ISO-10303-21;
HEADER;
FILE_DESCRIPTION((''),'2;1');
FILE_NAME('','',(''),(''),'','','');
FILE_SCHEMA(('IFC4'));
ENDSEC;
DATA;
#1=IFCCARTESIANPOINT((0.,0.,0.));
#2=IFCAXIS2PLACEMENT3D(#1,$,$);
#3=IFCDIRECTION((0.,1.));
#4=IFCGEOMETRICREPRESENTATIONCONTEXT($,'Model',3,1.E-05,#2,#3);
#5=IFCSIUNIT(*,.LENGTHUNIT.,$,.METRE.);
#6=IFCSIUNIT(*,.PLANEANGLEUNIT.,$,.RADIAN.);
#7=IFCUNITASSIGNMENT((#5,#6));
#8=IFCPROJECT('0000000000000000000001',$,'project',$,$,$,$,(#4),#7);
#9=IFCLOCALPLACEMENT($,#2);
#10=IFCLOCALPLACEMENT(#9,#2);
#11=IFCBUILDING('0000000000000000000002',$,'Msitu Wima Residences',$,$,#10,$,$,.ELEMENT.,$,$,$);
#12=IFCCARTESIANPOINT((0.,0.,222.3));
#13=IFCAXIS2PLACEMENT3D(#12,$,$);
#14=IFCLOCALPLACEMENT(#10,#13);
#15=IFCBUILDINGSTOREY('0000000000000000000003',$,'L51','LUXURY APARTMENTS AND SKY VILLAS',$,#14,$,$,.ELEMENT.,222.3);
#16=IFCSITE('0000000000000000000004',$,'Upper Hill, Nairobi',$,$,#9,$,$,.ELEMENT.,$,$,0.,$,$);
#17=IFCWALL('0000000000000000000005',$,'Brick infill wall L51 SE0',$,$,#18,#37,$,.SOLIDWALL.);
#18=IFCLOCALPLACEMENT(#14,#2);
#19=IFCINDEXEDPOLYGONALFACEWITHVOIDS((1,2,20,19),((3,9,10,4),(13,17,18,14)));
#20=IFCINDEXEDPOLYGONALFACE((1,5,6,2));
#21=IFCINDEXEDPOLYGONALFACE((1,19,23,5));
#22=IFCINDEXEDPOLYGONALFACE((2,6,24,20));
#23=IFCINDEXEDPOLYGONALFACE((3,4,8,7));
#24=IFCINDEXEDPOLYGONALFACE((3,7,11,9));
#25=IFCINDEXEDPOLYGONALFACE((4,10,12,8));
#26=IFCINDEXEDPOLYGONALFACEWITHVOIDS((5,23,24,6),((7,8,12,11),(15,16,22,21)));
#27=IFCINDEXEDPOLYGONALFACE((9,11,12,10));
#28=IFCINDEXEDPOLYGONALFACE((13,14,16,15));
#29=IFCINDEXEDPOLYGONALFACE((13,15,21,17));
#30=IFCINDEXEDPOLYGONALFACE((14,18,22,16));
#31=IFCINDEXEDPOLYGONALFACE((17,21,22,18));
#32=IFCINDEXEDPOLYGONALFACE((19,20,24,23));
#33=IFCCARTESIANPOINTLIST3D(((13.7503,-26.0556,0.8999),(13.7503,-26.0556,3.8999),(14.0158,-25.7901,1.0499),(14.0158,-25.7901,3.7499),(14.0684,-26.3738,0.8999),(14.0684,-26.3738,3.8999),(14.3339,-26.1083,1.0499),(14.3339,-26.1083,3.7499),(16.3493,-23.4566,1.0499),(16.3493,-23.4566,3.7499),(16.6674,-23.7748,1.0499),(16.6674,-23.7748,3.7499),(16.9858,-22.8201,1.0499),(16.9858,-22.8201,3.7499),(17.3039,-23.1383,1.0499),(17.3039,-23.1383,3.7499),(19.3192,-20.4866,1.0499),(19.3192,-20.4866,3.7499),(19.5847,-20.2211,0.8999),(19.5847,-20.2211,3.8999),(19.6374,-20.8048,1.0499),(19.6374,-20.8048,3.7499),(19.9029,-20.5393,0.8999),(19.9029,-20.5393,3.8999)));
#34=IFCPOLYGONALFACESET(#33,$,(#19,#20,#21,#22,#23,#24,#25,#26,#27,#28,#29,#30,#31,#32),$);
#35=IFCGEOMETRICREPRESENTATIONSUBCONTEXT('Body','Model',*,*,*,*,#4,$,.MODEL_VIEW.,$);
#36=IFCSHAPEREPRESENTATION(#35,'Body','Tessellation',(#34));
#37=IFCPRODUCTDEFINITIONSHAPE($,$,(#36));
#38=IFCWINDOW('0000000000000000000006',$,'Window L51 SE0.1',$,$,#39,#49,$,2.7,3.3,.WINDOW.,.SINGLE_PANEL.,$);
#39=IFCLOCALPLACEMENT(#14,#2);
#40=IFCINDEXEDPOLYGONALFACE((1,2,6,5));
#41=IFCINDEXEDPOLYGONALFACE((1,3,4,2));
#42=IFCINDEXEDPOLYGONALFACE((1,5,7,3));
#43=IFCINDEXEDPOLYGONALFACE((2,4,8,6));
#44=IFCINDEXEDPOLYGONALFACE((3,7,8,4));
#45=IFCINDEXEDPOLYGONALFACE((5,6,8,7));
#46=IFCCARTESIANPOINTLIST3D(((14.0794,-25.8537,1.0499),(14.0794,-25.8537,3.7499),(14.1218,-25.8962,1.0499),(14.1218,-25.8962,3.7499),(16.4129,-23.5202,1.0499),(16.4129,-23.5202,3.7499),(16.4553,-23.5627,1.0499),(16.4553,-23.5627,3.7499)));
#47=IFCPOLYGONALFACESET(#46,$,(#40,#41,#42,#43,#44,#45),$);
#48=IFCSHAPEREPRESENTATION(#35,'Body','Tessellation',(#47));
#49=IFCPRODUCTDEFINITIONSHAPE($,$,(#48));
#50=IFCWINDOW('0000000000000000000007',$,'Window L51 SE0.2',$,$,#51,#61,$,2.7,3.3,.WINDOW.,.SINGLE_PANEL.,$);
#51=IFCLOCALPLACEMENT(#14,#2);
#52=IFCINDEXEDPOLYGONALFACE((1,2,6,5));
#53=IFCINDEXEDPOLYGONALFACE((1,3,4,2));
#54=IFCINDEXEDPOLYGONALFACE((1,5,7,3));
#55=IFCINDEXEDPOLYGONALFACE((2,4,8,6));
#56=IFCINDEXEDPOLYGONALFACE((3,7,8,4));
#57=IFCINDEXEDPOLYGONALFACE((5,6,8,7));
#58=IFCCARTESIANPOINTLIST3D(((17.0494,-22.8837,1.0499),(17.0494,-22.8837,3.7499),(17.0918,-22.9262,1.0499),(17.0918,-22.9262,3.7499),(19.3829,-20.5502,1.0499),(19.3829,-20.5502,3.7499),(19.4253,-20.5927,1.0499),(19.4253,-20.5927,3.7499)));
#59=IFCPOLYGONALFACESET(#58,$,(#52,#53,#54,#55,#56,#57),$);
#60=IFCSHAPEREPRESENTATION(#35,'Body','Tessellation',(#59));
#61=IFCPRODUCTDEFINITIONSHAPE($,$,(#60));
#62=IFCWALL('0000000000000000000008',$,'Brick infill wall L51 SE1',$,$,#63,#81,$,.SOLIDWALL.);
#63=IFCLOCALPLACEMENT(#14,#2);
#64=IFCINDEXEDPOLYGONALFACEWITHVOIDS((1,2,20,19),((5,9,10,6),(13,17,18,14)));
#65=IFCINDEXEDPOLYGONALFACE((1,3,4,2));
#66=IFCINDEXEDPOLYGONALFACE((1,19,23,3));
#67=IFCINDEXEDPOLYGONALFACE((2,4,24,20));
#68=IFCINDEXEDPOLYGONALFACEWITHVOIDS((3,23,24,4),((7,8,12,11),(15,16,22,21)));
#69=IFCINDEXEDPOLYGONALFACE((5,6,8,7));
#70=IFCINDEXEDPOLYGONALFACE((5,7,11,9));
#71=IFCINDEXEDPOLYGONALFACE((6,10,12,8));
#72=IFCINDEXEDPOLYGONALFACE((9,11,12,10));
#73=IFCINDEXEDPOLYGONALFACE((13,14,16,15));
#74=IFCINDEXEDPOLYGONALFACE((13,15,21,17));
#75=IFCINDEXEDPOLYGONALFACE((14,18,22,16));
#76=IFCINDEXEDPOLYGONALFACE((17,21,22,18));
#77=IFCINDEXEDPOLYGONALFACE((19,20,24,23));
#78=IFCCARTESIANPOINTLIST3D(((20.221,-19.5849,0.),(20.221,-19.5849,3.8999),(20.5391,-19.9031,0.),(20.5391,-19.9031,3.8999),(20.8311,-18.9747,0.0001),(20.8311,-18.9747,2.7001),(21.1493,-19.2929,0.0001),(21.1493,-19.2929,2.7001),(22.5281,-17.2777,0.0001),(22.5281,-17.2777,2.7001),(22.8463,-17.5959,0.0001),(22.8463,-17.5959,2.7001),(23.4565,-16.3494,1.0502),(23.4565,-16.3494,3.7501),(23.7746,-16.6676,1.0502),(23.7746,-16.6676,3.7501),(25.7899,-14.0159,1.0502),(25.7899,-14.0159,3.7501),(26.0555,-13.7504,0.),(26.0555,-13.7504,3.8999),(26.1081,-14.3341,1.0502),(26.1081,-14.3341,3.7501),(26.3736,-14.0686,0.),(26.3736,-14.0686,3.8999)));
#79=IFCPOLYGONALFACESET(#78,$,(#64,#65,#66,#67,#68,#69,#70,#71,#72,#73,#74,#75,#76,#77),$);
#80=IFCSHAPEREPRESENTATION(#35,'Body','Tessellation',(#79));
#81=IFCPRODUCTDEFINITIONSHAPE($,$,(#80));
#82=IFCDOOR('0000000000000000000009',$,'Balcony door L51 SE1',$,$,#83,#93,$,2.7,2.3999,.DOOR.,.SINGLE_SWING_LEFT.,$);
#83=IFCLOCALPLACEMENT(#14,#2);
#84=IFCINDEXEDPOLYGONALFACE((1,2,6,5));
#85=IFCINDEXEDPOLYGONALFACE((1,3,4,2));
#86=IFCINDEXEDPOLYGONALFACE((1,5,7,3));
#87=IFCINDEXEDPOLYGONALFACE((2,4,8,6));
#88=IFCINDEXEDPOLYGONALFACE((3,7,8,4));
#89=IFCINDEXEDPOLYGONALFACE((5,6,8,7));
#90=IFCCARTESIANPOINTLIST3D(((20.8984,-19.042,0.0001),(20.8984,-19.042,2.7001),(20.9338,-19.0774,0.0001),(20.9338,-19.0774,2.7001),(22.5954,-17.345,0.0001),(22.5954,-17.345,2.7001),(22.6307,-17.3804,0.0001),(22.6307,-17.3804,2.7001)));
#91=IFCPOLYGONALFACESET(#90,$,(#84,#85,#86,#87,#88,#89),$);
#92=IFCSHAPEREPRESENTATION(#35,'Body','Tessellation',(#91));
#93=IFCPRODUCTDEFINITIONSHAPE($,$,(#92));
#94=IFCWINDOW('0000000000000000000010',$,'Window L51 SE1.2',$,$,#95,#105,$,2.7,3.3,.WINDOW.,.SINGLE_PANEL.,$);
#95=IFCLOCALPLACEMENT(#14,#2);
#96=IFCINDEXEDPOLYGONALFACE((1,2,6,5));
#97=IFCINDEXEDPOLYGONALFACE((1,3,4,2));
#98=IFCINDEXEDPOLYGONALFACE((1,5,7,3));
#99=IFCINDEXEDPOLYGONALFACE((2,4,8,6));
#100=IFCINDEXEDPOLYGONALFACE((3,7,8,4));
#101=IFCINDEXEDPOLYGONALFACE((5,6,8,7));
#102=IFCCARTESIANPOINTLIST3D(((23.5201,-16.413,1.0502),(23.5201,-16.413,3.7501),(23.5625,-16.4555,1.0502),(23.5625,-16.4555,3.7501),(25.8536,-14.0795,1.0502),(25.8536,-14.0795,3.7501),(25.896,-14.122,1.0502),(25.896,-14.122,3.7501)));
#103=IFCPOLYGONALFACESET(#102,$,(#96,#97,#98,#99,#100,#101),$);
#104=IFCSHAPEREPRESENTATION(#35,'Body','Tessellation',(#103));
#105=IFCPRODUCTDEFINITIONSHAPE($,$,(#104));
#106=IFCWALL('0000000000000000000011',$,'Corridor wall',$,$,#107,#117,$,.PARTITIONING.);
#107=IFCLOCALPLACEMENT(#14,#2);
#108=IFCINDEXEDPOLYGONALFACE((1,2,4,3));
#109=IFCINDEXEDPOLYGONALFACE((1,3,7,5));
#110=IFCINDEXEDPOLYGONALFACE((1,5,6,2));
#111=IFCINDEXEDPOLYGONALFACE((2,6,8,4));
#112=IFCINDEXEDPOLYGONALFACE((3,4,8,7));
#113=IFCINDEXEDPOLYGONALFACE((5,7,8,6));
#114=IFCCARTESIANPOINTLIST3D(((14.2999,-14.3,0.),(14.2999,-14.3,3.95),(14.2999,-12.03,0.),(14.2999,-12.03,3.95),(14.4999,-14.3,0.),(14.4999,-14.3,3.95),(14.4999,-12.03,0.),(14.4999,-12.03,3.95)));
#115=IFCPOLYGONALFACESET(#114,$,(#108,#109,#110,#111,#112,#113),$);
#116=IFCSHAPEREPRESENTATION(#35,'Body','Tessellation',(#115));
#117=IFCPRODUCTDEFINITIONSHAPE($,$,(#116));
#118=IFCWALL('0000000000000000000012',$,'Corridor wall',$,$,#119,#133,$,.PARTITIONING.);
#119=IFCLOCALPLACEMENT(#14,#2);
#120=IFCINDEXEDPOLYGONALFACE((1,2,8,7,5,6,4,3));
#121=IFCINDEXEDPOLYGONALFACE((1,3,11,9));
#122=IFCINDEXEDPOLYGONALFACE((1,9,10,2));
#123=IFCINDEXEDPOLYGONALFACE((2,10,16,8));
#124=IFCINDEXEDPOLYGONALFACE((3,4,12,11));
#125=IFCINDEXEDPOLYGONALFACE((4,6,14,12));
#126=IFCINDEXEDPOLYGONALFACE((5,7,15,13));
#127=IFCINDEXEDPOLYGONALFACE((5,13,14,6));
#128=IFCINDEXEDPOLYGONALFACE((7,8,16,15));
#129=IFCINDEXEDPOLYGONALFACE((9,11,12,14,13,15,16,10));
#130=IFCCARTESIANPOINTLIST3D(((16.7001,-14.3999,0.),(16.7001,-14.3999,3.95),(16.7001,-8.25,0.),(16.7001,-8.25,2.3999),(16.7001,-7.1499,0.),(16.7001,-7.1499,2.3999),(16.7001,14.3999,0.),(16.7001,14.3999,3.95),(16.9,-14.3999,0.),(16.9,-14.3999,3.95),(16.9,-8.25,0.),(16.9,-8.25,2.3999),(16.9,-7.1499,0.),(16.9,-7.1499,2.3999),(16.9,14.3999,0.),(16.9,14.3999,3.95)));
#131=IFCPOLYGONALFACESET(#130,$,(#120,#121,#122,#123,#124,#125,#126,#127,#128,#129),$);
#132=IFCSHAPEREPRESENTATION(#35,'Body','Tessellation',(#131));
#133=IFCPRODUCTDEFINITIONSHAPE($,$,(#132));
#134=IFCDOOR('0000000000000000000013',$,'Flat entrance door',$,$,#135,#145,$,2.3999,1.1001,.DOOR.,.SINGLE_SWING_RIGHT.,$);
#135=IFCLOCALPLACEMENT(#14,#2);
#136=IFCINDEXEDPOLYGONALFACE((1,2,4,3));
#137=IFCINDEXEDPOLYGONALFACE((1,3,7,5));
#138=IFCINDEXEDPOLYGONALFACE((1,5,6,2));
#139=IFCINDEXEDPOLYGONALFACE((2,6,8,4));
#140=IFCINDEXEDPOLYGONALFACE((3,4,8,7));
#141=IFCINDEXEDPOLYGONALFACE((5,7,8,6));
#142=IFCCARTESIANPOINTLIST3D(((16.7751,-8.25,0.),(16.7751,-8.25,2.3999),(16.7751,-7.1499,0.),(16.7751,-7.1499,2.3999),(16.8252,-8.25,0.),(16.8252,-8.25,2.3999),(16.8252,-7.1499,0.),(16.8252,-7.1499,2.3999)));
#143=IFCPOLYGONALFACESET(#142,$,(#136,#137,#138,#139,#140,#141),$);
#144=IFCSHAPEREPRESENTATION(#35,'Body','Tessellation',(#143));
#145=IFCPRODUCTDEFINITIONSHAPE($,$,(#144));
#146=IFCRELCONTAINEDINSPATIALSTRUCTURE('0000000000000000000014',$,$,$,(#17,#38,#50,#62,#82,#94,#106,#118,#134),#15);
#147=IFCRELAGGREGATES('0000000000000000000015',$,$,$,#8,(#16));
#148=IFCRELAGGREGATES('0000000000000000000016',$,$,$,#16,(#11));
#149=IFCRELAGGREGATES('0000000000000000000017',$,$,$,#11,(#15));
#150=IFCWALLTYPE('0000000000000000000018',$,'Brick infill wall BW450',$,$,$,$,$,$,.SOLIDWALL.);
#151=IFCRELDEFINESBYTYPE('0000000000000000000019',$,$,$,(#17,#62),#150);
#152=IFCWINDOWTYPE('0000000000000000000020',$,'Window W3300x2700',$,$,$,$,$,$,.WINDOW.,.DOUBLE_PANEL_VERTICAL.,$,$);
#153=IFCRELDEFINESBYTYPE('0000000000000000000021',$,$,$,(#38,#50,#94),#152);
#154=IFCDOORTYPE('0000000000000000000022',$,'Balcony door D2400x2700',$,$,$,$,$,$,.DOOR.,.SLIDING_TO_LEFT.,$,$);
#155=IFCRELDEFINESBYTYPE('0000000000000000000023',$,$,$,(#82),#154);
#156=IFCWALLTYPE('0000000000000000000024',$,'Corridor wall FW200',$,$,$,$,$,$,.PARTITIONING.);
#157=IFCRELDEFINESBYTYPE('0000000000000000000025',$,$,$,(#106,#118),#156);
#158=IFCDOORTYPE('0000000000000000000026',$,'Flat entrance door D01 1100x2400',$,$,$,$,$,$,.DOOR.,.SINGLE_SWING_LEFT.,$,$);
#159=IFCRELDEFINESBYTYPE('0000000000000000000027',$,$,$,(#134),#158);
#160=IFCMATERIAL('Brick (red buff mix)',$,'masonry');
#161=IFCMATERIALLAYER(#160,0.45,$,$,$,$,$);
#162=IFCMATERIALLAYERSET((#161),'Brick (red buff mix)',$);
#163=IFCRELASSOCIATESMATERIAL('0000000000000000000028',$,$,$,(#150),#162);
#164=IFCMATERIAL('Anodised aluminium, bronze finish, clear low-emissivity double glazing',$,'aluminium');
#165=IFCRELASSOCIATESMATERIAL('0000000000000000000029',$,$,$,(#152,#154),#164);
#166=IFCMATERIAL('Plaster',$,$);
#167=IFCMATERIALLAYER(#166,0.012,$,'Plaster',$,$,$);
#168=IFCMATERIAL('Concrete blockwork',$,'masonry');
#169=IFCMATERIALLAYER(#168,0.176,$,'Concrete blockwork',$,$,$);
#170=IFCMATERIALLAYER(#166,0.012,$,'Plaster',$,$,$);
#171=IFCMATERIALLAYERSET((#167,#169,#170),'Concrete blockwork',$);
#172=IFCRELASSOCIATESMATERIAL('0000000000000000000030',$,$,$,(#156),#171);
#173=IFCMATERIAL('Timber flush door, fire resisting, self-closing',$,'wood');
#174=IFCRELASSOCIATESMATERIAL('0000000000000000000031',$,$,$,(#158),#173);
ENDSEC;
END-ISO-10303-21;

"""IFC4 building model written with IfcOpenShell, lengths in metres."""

from ifc_helpers import new_model, si_unit, direction, frame, frame_2d, origin, place, context, subcontext, project, spatial, rectangle, extrude, material, layer, layer_set, type_object, element, fill, save


model = new_model("IFC4")

# Units and contexts
model_context = context("Model", 3, precision=1e-05, world=origin(), true_north=direction((0.0, 1.0)))
body_context = subcontext(model_context, "Body", "Model", "MODEL_VIEW")
ifc_project = project(units=[si_unit("LENGTHUNIT", "METRE"), si_unit("PLANEANGLEUNIT", "RADIAN")], contexts=[model_context])

# Site, building, storey
site_placement = place(None, origin())
site = spatial("IfcSite", under=ifc_project, at=site_placement, Name="Upper Hill, Nairobi", CompositionType="ELEMENT", RefElevation=0.0)
building_placement = place(site_placement, origin())
building = spatial("IfcBuilding", under=site, at=building_placement, Name="Msitu Wima Residences", CompositionType="ELEMENT")
storey_placement = place(building_placement, frame((0.0, 0.0, 222.3)))
storey = spatial("IfcBuildingStorey", under=building, at=storey_placement, Name="L51", Description="LUXURY APARTMENTS AND SKY VILLAS", CompositionType="ELEMENT", Elevation=222.3)

# Wall, openings, windows
ifc_material_1 = material(Name="Brick (red buff mix)", Category="masonry")
ifc_layer_1 = layer(ifc_material_1, 0.45)
ifc_layer_set_1 = layer_set([ifc_layer_1], Name="Brick (red buff mix)")
wall_type_1 = type_object("IfcWallType", Name="Brick infill wall BW450", PredefinedType="SOLIDWALL", material=ifc_layer_set_1)
wall_1_placement = place(storey_placement, frame((13.9094, -26.2146, 0.8999), z_axis=(0.0, 0.0, 1.0), x_axis=(0.707107, 0.707107, 0.0)))
wall_1 = element("IfcWall", 1, at=wall_1_placement, inside=storey, type_object=wall_type_1, Name="Brick infill wall L51 SE0", PredefinedType="SOLIDWALL", context=body_context, shape_type="SweptSolid", body=[
    extrude(rectangle(XDim=8.2512, YDim=0.45, at=frame_2d((4.1255, 0.0))), origin(), (0.0, 0.0, 1.0), 3.0),
])
opening_1_placement = place(wall_1_placement, frame((0.3755, 0.0, 0.1499)))
opening_1 = element("IfcOpeningElement", 2, at=opening_1_placement, cuts=wall_1, PredefinedType="OPENING", context=body_context, shape_type="SweptSolid", body=[
    extrude(rectangle(XDim=3.3, YDim=2.7, at=frame_2d((1.6499, 1.3501))), frame((0.0, 0.2349, 0.0), z_axis=(0.0, -1.0, 0.0), x_axis=(1.0, 0.0, 0.0)), (0.0, 0.0, 1.0), 0.47),
])
opening_2_placement = place(wall_1_placement, frame((4.5757, 0.0, 0.1499)))
opening_2 = element("IfcOpeningElement", 3, at=opening_2_placement, cuts=wall_1, PredefinedType="OPENING", context=body_context, shape_type="SweptSolid", body=[
    extrude(rectangle(XDim=3.3, YDim=2.7, at=frame_2d((1.6499, 1.3501))), frame((0.0, 0.2349, 0.0), z_axis=(0.0, -1.0, 0.0), x_axis=(1.0, 0.0, 0.0)), (0.0, 0.0, 1.0), 0.47),
])
ifc_material_2 = material(Name="Anodised aluminium, bronze finish, clear low-emissivity double glazing", Category="aluminium")
window_type = type_object("IfcWindowType", Name="Window W3300x2700", PartitioningType="DOUBLE_PANEL_VERTICAL", PredefinedType="WINDOW", material=ifc_material_2)
window_1_placement = place(opening_1_placement, origin())
window_1 = element("IfcWindow", 4, at=window_1_placement, inside=storey, type_object=window_type, Name="Window L51 SE0.1", OverallHeight=2.7, OverallWidth=3.3, PartitioningType="SINGLE_PANEL", PredefinedType="WINDOW", context=body_context, shape_type="SweptSolid", body=[
    extrude(rectangle(XDim=3.3, YDim=2.7, at=frame_2d((1.6499, 1.3501))), frame((0.0, 0.135, 0.0), z_axis=(0.0, -1.0, 0.0), x_axis=(1.0, 0.0, 0.0)), (0.0, 0.0, 1.0), 0.0601),
])
fill(opening_1, window_1)
window_2_placement = place(opening_2_placement, origin())
window_2 = element("IfcWindow", 5, at=window_2_placement, inside=storey, type_object=window_type, Name="Window L51 SE0.2", OverallHeight=2.7, OverallWidth=3.3, PartitioningType="SINGLE_PANEL", PredefinedType="WINDOW", context=body_context, shape_type="SweptSolid", body=[
    extrude(rectangle(XDim=3.3, YDim=2.7, at=frame_2d((1.6499, 1.3501))), frame((0.0, 0.135, 0.0), z_axis=(0.0, -1.0, 0.0), x_axis=(1.0, 0.0, 0.0)), (0.0, 0.0, 1.0), 0.0601),
])
fill(opening_2, window_2)

# Wall, openings, door, window
wall_2_placement = place(storey_placement, frame((20.3801, -19.7439, 0.0), z_axis=(0.0, 0.0, 1.0), x_axis=(0.707107, 0.707107, 0.0)))
wall_2 = element("IfcWall", 6, at=wall_2_placement, inside=storey, type_object=wall_type_1, Name="Brick infill wall L51 SE1", PredefinedType="SOLIDWALL", context=body_context, shape_type="SweptSolid", body=[
    extrude(rectangle(XDim=8.2512, YDim=0.45, at=frame_2d((4.1255, 0.0))), origin(), (0.0, 0.0, 1.0), 3.8999),
])
opening_3_placement = place(wall_2_placement, frame((0.8628, 0.0, 0.0)))
opening_3 = element("IfcOpeningElement", 7, at=opening_3_placement, cuts=wall_2, PredefinedType="OPENING", context=body_context, shape_type="SweptSolid", body=[
    extrude(rectangle(XDim=2.3999, YDim=2.7, at=frame_2d((1.2, 1.3501))), frame((0.0, 0.2349, 0.0), z_axis=(0.0, -1.0, 0.0), x_axis=(1.0, 0.0, 0.0)), (0.0, 0.0, 1.0), 0.47),
])
opening_4_placement = place(wall_2_placement, frame((4.5757, 0.0, 1.05)))
opening_4 = element("IfcOpeningElement", 8, at=opening_4_placement, cuts=wall_2, PredefinedType="OPENING", context=body_context, shape_type="SweptSolid", body=[
    extrude(rectangle(XDim=3.3, YDim=2.7, at=frame_2d((1.6499, 1.3501))), frame((0.0, 0.2349, 0.0), z_axis=(0.0, -1.0, 0.0), x_axis=(1.0, 0.0, 0.0)), (0.0, 0.0, 1.0), 0.47),
])
door_type_1 = type_object("IfcDoorType", Name="Balcony door D2400x2700", OperationType="SLIDING_TO_LEFT", PredefinedType="DOOR", material=ifc_material_2)
door_1_placement = place(opening_3_placement, origin())
door_1 = element("IfcDoor", 9, at=door_1_placement, inside=storey, type_object=door_type_1, Name="Balcony door L51 SE1", OperationType="SINGLE_SWING_LEFT", OverallHeight=2.7, OverallWidth=2.3999, PredefinedType="DOOR", context=body_context, shape_type="SweptSolid", body=[
    extrude(rectangle(XDim=2.3999, YDim=2.7, at=frame_2d((1.2, 1.3501))), frame((0.0, 0.1299, 0.0), z_axis=(0.0, -1.0, 0.0), x_axis=(1.0, 0.0, 0.0)), (0.0, 0.0, 1.0), 0.05),
])
fill(opening_3, door_1)
window_3_placement = place(opening_4_placement, origin())
window_3 = element("IfcWindow", 10, at=window_3_placement, inside=storey, type_object=window_type, Name="Window L51 SE1.2", OverallHeight=2.7, OverallWidth=3.3, PartitioningType="SINGLE_PANEL", PredefinedType="WINDOW", context=body_context, shape_type="SweptSolid", body=[
    extrude(rectangle(XDim=3.3, YDim=2.7, at=frame_2d((1.6499, 1.3501))), frame((0.0, 0.135, 0.0), z_axis=(0.0, -1.0, 0.0), x_axis=(1.0, 0.0, 0.0)), (0.0, 0.0, 1.0), 0.0601),
])
fill(opening_4, window_3)

# Wall
ifc_material_3 = material(Name="Plaster")
ifc_layer_2 = layer(ifc_material_3, 0.012, Name="Plaster")
ifc_material_4 = material(Name="Concrete blockwork", Category="masonry")
ifc_layer_3 = layer(ifc_material_4, 0.176, Name="Concrete blockwork")
ifc_layer_4 = layer(ifc_material_3, 0.012, Name="Plaster")
ifc_layer_set_2 = layer_set([ifc_layer_2, ifc_layer_3, ifc_layer_4], Name="Concrete blockwork")
wall_type_2 = type_object("IfcWallType", Name="Corridor wall FW200", PredefinedType="PARTITIONING", material=ifc_layer_set_2)
wall_3_placement = place(storey_placement, frame((14.3999, -14.3, 0.0), z_axis=(0.0, 0.0, 1.0), x_axis=(0.0, 1.0, 0.0)))
element("IfcWall", 11, at=wall_3_placement, inside=storey, type_object=wall_type_2, Name="Corridor wall", PredefinedType="PARTITIONING", context=body_context, shape_type="SweptSolid", body=[
    extrude(rectangle(XDim=2.27, YDim=0.2, at=frame_2d((1.135, 0.0))), origin(), (0.0, 0.0, 1.0), 3.95),
])

# Wall, opening, door
ifc_material_5 = material(Name="Timber flush door, fire resisting, self-closing", Category="wood")
door_type_2 = type_object("IfcDoorType", Name="Flat entrance door D01 1100x2400", OperationType="SINGLE_SWING_LEFT", PredefinedType="DOOR", material=ifc_material_5)
wall_4_placement = place(storey_placement, frame((16.8, -14.3999, 0.0), z_axis=(0.0, 0.0, 1.0), x_axis=(0.0, 1.0, 0.0)))
wall_4 = element("IfcWall", 12, at=wall_4_placement, inside=storey, type_object=wall_type_2, Name="Corridor wall", PredefinedType="PARTITIONING", context=body_context, shape_type="SweptSolid", body=[
    extrude(rectangle(XDim=28.7998, YDim=0.2, at=frame_2d((14.3999, 0.0))), origin(), (0.0, 0.0, 1.0), 3.95),
])
opening_5_placement = place(wall_4_placement, frame((6.1499, 0.0, 0.0)))
opening_5 = element("IfcOpeningElement", 13, at=opening_5_placement, cuts=wall_4, PredefinedType="OPENING", context=body_context, shape_type="SweptSolid", body=[
    extrude(rectangle(XDim=1.1001, YDim=2.3999, at=frame_2d((0.55, 1.2))), frame((0.0, 0.1099, 0.0), z_axis=(0.0, -1.0, 0.0), x_axis=(1.0, 0.0, 0.0)), (0.0, 0.0, 1.0), 0.22),
])
door_2_placement = place(opening_5_placement, origin())
door_2 = element("IfcDoor", 14, at=door_2_placement, inside=storey, type_object=door_type_2, Name="Flat entrance door", OperationType="SINGLE_SWING_RIGHT", OverallHeight=2.3999, OverallWidth=1.1001, PredefinedType="DOOR", context=body_context, shape_type="SweptSolid", body=[
    extrude(rectangle(XDim=1.1001, YDim=2.3999, at=frame_2d((0.55, 1.2))), frame((0.0, 0.0249, 0.0), z_axis=(0.0, -1.0, 0.0), x_axis=(1.0, 0.0, 0.0)), (0.0, 0.0, 1.0), 0.05),
])
fill(opening_5, door_2)

save(model, "model.ifc")
